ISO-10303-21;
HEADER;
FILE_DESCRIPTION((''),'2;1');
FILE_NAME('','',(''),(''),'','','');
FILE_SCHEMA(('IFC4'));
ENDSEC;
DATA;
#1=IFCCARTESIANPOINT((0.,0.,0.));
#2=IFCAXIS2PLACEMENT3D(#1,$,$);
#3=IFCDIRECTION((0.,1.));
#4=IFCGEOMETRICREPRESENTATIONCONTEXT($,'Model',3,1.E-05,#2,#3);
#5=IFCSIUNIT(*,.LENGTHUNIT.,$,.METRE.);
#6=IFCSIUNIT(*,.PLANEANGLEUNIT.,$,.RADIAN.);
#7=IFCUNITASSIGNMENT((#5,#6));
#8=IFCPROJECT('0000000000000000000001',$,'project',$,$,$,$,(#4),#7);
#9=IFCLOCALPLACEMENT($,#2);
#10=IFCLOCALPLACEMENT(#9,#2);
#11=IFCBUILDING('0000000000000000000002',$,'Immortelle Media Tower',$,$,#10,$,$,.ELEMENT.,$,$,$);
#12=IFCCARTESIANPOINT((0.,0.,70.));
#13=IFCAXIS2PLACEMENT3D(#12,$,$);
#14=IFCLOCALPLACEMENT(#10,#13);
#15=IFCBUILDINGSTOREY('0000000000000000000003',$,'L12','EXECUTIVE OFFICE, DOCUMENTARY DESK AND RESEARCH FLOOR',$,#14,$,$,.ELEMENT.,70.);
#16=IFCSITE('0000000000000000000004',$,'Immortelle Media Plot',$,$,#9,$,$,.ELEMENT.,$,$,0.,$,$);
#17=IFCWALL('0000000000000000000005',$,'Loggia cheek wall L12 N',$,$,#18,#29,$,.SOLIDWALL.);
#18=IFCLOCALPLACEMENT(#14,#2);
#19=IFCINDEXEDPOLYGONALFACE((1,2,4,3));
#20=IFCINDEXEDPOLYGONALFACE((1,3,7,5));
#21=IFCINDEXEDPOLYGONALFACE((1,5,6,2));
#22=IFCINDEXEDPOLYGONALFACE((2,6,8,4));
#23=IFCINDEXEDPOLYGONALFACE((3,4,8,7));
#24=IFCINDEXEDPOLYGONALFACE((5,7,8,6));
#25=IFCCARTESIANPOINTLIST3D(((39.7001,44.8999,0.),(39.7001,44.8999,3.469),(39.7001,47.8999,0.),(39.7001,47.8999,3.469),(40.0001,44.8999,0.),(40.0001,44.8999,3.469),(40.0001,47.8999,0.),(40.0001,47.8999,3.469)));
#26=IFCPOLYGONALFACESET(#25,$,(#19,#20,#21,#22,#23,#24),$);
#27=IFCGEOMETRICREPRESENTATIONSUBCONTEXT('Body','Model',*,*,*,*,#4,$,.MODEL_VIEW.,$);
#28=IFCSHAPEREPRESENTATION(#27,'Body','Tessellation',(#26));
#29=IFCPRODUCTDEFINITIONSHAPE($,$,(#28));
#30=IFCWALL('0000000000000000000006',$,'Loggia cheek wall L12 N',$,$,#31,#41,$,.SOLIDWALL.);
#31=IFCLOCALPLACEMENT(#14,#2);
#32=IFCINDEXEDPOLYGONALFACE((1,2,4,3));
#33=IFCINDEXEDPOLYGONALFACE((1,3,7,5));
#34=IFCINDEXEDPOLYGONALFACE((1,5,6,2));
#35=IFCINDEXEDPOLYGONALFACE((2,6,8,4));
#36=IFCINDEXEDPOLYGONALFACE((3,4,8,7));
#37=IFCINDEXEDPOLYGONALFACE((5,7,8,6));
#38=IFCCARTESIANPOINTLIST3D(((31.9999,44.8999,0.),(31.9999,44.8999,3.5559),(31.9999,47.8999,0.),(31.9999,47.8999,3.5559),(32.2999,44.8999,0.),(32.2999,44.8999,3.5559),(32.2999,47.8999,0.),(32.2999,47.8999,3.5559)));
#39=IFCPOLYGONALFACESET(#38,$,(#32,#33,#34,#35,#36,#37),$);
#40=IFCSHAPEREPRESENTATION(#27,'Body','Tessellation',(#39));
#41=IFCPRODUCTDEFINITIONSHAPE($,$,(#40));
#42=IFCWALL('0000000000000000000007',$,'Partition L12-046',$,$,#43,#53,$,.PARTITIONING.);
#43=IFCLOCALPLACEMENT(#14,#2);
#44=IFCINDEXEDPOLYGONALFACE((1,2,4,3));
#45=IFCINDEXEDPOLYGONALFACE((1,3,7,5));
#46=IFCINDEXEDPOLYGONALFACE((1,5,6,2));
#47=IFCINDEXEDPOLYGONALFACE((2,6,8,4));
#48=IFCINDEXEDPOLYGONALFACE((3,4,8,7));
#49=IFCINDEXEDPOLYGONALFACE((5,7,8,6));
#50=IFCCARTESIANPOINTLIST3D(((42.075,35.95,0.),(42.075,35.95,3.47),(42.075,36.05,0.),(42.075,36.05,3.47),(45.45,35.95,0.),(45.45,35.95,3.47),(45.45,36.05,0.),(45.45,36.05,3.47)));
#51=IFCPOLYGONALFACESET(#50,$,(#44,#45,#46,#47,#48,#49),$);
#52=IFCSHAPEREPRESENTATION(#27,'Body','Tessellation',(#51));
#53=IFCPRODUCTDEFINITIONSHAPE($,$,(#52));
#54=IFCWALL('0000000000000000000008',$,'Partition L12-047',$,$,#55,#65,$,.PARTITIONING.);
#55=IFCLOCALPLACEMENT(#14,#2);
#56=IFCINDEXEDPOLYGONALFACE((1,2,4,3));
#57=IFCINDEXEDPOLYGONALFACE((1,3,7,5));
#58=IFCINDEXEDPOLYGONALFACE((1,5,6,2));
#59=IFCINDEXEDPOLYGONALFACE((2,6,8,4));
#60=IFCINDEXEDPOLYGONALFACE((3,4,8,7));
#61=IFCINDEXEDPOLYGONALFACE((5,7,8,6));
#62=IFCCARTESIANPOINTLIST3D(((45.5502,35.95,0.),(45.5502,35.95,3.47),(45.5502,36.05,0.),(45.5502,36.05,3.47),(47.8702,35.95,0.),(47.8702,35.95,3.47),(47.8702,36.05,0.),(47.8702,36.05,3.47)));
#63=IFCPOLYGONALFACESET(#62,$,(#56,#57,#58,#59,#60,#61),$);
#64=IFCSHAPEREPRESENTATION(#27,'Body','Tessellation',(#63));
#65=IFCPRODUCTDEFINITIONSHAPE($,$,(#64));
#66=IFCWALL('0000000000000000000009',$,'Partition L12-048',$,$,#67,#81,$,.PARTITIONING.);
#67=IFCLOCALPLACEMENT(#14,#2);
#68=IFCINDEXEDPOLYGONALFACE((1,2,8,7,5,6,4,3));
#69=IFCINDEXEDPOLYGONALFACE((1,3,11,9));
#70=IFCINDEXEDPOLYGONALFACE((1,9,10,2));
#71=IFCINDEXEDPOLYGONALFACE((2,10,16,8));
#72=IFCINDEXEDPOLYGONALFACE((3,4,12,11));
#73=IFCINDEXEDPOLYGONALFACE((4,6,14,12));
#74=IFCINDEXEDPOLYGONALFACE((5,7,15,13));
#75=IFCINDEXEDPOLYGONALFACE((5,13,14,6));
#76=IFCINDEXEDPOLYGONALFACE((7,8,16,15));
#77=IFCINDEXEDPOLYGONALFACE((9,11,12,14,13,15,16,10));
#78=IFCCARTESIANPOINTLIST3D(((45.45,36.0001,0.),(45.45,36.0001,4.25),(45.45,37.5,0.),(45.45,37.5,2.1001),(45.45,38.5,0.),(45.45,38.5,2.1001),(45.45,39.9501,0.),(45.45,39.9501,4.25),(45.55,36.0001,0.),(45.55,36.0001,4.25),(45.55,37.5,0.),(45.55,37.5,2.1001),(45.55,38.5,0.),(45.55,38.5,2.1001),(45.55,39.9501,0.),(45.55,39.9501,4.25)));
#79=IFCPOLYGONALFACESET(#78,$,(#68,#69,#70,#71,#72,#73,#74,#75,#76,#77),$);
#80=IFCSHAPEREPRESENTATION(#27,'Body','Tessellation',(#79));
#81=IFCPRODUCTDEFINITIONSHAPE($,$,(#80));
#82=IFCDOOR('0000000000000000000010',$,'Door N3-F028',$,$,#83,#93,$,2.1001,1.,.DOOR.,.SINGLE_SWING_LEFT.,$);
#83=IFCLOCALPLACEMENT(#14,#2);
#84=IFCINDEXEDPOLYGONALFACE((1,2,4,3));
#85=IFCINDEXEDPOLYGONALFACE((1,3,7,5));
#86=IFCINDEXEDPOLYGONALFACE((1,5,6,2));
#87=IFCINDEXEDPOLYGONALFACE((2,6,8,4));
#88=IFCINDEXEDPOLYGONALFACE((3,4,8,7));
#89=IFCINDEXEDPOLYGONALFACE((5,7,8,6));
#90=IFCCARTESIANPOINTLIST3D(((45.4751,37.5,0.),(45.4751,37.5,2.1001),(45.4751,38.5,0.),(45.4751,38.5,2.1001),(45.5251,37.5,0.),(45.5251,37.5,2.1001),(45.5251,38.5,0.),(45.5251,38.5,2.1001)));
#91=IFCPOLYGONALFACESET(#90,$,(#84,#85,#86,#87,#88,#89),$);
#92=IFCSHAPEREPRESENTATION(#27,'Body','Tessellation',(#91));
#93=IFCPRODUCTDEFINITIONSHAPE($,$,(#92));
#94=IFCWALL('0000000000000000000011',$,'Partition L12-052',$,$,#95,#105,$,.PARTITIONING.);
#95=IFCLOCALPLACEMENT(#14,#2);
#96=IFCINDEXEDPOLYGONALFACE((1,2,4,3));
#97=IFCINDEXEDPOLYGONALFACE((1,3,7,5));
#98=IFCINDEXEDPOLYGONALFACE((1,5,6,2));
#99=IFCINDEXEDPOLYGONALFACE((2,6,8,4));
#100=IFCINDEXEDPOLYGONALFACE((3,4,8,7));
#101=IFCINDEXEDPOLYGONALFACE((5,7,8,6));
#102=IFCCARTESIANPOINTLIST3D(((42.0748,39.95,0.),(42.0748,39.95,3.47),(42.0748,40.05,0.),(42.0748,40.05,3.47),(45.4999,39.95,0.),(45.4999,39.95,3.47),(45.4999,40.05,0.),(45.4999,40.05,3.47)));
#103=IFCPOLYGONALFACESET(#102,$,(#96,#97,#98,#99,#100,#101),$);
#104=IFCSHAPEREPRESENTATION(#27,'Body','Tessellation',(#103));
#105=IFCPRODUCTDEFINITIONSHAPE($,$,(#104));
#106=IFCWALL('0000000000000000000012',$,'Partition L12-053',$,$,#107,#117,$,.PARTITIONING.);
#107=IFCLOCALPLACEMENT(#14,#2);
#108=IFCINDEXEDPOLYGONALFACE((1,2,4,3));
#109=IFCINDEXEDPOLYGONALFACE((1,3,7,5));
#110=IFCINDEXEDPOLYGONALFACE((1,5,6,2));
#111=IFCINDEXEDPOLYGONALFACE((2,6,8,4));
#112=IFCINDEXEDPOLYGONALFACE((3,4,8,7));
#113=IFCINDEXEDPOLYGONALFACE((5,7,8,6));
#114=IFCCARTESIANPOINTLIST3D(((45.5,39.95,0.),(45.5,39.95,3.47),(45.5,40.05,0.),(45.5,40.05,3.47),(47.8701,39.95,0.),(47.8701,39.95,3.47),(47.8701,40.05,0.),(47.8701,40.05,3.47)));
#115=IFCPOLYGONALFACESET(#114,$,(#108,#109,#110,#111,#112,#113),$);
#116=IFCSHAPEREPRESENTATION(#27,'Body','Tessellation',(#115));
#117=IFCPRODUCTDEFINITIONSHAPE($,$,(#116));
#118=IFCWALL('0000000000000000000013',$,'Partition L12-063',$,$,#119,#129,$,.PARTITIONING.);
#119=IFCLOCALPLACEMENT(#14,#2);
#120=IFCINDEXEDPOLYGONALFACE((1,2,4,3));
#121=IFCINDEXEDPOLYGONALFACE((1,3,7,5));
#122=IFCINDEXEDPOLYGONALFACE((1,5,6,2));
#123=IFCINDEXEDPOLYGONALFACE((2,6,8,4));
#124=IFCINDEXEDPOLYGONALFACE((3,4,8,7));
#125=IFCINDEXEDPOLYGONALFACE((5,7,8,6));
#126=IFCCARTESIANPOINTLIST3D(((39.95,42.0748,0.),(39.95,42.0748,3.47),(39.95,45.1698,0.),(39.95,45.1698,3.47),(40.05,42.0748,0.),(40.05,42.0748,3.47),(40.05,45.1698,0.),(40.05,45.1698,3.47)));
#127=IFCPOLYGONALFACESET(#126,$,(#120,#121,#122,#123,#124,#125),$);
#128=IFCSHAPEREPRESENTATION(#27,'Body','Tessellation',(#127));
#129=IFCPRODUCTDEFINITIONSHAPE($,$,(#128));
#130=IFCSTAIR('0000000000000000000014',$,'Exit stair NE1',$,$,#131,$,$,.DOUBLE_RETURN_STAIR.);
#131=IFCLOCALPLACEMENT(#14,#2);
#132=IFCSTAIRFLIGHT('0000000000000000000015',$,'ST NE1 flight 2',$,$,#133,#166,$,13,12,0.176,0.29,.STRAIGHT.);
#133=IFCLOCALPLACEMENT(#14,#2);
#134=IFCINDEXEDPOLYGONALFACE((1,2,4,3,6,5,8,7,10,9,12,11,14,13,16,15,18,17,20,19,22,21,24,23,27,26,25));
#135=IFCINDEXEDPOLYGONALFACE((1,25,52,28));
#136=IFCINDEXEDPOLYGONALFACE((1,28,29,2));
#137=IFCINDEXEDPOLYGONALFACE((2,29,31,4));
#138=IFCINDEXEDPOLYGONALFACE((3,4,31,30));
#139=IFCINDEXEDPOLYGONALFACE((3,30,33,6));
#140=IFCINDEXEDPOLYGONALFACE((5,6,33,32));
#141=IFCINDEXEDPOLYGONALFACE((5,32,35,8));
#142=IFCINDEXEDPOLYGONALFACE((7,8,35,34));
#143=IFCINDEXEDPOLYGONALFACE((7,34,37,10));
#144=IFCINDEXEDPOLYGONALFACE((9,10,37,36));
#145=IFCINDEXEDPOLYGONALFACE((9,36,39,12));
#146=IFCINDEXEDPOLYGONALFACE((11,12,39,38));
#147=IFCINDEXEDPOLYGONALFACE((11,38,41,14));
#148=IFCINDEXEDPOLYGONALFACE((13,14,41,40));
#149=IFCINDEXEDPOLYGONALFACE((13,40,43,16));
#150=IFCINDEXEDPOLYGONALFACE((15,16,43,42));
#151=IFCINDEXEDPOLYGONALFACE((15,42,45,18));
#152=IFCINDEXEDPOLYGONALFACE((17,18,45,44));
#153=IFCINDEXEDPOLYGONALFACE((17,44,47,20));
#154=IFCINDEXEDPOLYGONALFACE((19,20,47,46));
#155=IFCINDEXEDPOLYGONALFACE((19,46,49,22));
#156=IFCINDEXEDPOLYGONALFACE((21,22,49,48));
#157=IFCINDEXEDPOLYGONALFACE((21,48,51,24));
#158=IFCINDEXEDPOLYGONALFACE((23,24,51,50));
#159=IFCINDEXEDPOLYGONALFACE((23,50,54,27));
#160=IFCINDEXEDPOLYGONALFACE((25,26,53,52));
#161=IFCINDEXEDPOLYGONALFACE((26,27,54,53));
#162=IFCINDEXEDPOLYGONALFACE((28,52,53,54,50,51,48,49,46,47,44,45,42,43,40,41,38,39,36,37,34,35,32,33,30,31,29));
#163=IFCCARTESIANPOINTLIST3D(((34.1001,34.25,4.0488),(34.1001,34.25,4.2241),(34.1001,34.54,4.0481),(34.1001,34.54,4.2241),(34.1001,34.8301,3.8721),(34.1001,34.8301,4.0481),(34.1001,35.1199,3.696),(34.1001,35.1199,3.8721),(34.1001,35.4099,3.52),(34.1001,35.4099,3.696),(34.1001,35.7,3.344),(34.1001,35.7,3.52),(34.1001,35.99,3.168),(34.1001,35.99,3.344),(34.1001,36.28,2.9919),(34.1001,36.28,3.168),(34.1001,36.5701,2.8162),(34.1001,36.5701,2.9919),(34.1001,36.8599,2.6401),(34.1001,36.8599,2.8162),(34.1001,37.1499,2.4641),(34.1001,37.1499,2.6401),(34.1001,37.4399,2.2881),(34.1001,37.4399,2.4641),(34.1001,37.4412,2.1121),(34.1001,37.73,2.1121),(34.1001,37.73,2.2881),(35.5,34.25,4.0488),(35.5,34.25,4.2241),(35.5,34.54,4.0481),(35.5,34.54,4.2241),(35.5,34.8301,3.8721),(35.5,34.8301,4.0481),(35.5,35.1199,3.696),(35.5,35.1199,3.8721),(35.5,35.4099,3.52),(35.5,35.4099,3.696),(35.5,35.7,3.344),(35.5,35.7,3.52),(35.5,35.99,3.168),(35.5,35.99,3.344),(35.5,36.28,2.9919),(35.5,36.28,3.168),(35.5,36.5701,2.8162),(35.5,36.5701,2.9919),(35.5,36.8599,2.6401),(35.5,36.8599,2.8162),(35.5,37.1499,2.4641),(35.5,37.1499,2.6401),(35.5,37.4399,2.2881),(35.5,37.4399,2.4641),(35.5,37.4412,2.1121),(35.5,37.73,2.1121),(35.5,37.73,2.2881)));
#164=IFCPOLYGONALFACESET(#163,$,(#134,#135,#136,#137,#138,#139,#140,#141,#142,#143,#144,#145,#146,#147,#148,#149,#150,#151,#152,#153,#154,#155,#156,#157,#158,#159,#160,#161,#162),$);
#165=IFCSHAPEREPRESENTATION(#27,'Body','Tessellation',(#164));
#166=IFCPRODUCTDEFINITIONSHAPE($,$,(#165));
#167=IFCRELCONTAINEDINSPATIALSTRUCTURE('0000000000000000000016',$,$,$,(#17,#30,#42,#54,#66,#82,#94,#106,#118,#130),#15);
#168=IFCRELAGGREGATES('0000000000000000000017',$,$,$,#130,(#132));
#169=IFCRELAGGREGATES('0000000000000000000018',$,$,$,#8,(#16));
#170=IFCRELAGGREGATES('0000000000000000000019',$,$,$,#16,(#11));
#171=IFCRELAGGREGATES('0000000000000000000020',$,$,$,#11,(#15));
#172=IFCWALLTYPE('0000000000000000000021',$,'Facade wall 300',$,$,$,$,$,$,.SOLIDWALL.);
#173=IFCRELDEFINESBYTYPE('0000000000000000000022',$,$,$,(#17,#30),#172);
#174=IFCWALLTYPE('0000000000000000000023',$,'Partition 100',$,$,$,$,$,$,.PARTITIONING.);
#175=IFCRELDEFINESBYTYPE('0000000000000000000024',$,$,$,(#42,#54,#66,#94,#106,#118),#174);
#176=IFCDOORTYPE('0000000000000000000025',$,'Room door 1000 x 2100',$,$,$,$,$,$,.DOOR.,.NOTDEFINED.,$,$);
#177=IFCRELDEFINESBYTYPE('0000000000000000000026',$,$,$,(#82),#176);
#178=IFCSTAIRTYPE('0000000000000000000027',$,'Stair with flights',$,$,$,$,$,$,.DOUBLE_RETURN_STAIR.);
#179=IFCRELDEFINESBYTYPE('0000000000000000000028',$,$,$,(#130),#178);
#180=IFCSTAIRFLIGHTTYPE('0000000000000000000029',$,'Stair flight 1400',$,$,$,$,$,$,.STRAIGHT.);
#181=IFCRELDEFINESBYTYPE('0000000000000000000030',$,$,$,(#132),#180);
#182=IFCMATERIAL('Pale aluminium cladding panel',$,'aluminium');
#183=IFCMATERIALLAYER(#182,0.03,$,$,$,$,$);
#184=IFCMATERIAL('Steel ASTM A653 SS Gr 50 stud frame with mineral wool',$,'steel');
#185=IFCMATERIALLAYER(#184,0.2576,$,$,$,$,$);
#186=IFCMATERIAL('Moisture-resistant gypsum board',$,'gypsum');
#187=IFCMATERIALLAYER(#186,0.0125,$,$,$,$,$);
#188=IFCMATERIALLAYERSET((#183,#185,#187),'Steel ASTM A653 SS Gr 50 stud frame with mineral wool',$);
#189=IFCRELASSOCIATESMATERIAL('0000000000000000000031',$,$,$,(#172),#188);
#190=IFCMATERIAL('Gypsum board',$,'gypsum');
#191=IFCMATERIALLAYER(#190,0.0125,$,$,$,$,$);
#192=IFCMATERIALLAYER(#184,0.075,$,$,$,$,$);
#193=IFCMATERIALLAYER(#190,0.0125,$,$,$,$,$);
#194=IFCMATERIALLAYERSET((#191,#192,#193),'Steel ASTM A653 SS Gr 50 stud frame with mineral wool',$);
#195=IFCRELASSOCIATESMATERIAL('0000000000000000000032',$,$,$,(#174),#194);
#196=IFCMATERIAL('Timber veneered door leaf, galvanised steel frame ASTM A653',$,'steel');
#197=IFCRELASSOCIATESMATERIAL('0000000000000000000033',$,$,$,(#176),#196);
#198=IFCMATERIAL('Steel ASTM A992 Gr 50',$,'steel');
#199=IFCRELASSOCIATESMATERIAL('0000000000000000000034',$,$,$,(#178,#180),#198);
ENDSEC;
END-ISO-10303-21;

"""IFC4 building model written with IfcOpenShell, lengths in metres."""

from ifc_helpers import new_model, si_unit, direction, frame, frame_2d, origin, place, context, subcontext, project, spatial, polyline, rectangle, outline, extrude, material, layer, layer_set, type_object, element, fill, aggregate, save


model = new_model("IFC4")

# Units and contexts
model_context = context("Model", 3, precision=1e-05, world=origin(), true_north=direction((0.0, 1.0)))
body_context = subcontext(model_context, "Body", "Model", "MODEL_VIEW")
ifc_project = project(units=[si_unit("LENGTHUNIT", "METRE"), si_unit("PLANEANGLEUNIT", "RADIAN")], contexts=[model_context])

# Site, building, storey
site_placement = place(None, origin())
site = spatial("IfcSite", under=ifc_project, at=site_placement, Name="Immortelle Media Plot", CompositionType="ELEMENT", RefElevation=0.0)
building_placement = place(site_placement, origin())
building = spatial("IfcBuilding", under=site, at=building_placement, Name="Immortelle Media Tower", CompositionType="ELEMENT")
storey_placement = place(building_placement, frame((0.0, 0.0, 70.0)))
storey = spatial("IfcBuildingStorey", under=building, at=storey_placement, Name="L12", Description="EXECUTIVE OFFICE, DOCUMENTARY DESK AND RESEARCH FLOOR", CompositionType="ELEMENT", Elevation=70.0)

# Shared definitions
ifc_material_1 = material(Name="Steel ASTM A992 Gr 50", Category="steel")

# Shared definitions
ifc_material_2 = material(Name="Pale aluminium cladding panel", Category="aluminium")
ifc_layer_1 = layer(ifc_material_2, 0.03)
ifc_material_3 = material(Name="Steel ASTM A653 SS Gr 50 stud frame with mineral wool", Category="steel")
ifc_layer_2 = layer(ifc_material_3, 0.2576)
ifc_material_4 = material(Name="Moisture-resistant gypsum board", Category="gypsum")
ifc_layer_3 = layer(ifc_material_4, 0.0125)
ifc_layer_set_1 = layer_set([ifc_layer_1, ifc_layer_2, ifc_layer_3], Name="Steel ASTM A653 SS Gr 50 stud frame with mineral wool")
wall_type_1 = type_object("IfcWallType", Name="Facade wall 300", PredefinedType="SOLIDWALL", material=ifc_layer_set_1)

# Walls
wall_1_placement = place(storey_placement, frame((39.8501, 47.8999, 0.0), z_axis=(0.0, 0.0, 1.0), x_axis=(0.0, -1.0, 0.0)))
element("IfcWall", 1, at=wall_1_placement, inside=storey, type_object=wall_type_1, Name="Loggia cheek wall L12 N", PredefinedType="SOLIDWALL", context=body_context, shape_type="SweptSolid", body=[
    extrude(rectangle(XDim=3.0, YDim=0.3, at=frame_2d((1.5, 0.0))), origin(), (0.0, 0.0, 1.0), 3.469),
])
wall_2_placement = place(storey_placement, frame((32.1499, 47.8999, 0.0), z_axis=(0.0, 0.0, 1.0), x_axis=(0.0, -1.0, 0.0)))
element("IfcWall", 2, at=wall_2_placement, inside=storey, type_object=wall_type_1, Name="Loggia cheek wall L12 N", PredefinedType="SOLIDWALL", context=body_context, shape_type="SweptSolid", body=[
    extrude(rectangle(XDim=3.0, YDim=0.3, at=frame_2d((1.5, 0.0))), origin(), (0.0, 0.0, 1.0), 3.5559),
])
ifc_material_5 = material(Name="Gypsum board", Category="gypsum")
ifc_layer_4 = layer(ifc_material_5, 0.0125)
ifc_layer_5 = layer(ifc_material_3, 0.075)
ifc_layer_6 = layer(ifc_material_5, 0.0125)
ifc_layer_set_2 = layer_set([ifc_layer_4, ifc_layer_5, ifc_layer_6], Name="Steel ASTM A653 SS Gr 50 stud frame with mineral wool")
wall_type_2 = type_object("IfcWallType", Name="Partition 100", PredefinedType="PARTITIONING", material=ifc_layer_set_2)
wall_3_placement = place(storey_placement, frame((42.075, 36.0, 0.0), z_axis=(0.0, 0.0, 1.0), x_axis=(1.0, 0.0, 0.0)))
element("IfcWall", 3, at=wall_3_placement, inside=storey, type_object=wall_type_2, Name="Partition L12-046", PredefinedType="PARTITIONING", context=body_context, shape_type="SweptSolid", body=[
    extrude(rectangle(XDim=3.375, YDim=0.1001, at=frame_2d((1.6875, 0.0))), origin(), (0.0, 0.0, 1.0), 3.47),
])
wall_4_placement = place(storey_placement, frame((45.55, 36.0, 0.0), z_axis=(0.0, 0.0, 1.0), x_axis=(1.0, 0.0, 0.0)))
element("IfcWall", 4, at=wall_4_placement, inside=storey, type_object=wall_type_2, Name="Partition L12-047", PredefinedType="PARTITIONING", context=body_context, shape_type="SweptSolid", body=[
    extrude(rectangle(XDim=2.3201, YDim=0.1001, at=frame_2d((1.1602, 0.0))), origin(), (0.0, 0.0, 1.0), 3.47),
])

# Wall, opening, door
wall_5_placement = place(storey_placement, frame((45.5, 36.0, 0.0), z_axis=(0.0, 0.0, 1.0), x_axis=(0.0, 1.0, 0.0)))
wall_5 = element("IfcWall", 5, at=wall_5_placement, inside=storey, type_object=wall_type_2, Name="Partition L12-048", PredefinedType="PARTITIONING", context=body_context, shape_type="SweptSolid", body=[
    extrude(rectangle(XDim=3.95, YDim=0.1001, at=frame_2d((1.9751, 0.0))), origin(), (0.0, 0.0, 1.0), 4.25),
])
opening_1_placement = place(wall_5_placement, frame((1.5, 0.0, 0.0)))
opening_1 = element("IfcOpeningElement", 6, at=opening_1_placement, cuts=wall_5, PredefinedType="OPENING", context=body_context, shape_type="SweptSolid", body=[
    extrude(rectangle(XDim=1.0, YDim=2.1001, at=frame_2d((0.5, 1.05))), frame((0.0, 0.0601, 0.0), z_axis=(0.0, -1.0, 0.0), x_axis=(1.0, 0.0, 0.0)), (0.0, 0.0, 1.0), 0.1201),
])
ifc_material_6 = material(Name="Timber veneered door leaf, galvanised steel frame ASTM A653", Category="steel")
door_type_1 = type_object("IfcDoorType", Name="Room door 1000 x 2100", OperationType="NOTDEFINED", PredefinedType="DOOR", material=ifc_material_6)
door_1_placement = place(opening_1_placement, origin())
door_1 = element("IfcDoor", 7, at=door_1_placement, inside=storey, type_object=door_type_1, Name="Door N3-F028", OperationType="SINGLE_SWING_LEFT", OverallHeight=2.1001, OverallWidth=1.0, PredefinedType="DOOR", context=body_context, shape_type="SweptSolid", body=[
    extrude(rectangle(XDim=1.0, YDim=2.1001, at=frame_2d((0.5, 1.05))), frame((0.0, 0.0249, 0.0), z_axis=(0.0, -1.0, 0.0), x_axis=(1.0, 0.0, 0.0)), (0.0, 0.0, 1.0), 0.05),
])
fill(opening_1, door_1)

# Walls
wall_6_placement = place(storey_placement, frame((42.075, 40.0, 0.0), z_axis=(0.0, 0.0, 1.0), x_axis=(1.0, 0.0, 0.0)))
element("IfcWall", 8, at=wall_6_placement, inside=storey, type_object=wall_type_2, Name="Partition L12-052", PredefinedType="PARTITIONING", context=body_context, shape_type="SweptSolid", body=[
    extrude(rectangle(XDim=3.425, YDim=0.1001, at=frame_2d((1.7124, 0.0))), origin(), (0.0, 0.0, 1.0), 3.47),
])
wall_7_placement = place(storey_placement, frame((45.5, 40.0, 0.0), z_axis=(0.0, 0.0, 1.0), x_axis=(1.0, 0.0, 0.0)))
element("IfcWall", 9, at=wall_7_placement, inside=storey, type_object=wall_type_2, Name="Partition L12-053", PredefinedType="PARTITIONING", context=body_context, shape_type="SweptSolid", body=[
    extrude(rectangle(XDim=2.3701, YDim=0.1001, at=frame_2d((1.1851, 0.0))), origin(), (0.0, 0.0, 1.0), 3.47),
])
wall_8_placement = place(storey_placement, frame((40.0, 42.075, 0.0), z_axis=(0.0, 0.0, 1.0), x_axis=(0.0, 1.0, 0.0)))
element("IfcWall", 10, at=wall_8_placement, inside=storey, type_object=wall_type_2, Name="Partition L12-063", PredefinedType="PARTITIONING", context=body_context, shape_type="SweptSolid", body=[
    extrude(rectangle(XDim=3.095, YDim=0.1001, at=frame_2d((1.5474, 0.0))), origin(), (0.0, 0.0, 1.0), 3.47),
])

# Stair, stair flight
stair_type = type_object("IfcStairType", Name="Stair with flights", PredefinedType="DOUBLE_RETURN_STAIR", material=ifc_material_1)
stair_1_placement = place(storey_placement, origin())
stair_1 = element("IfcStair", 11, at=stair_1_placement, inside=storey, type_object=stair_type, Name="Exit stair NE1", PredefinedType="DOUBLE_RETURN_STAIR")
stair_flight_type = type_object("IfcStairFlightType", Name="Stair flight 1400", PredefinedType="STRAIGHT", material=ifc_material_1)
stair_flight_1_placement = place(storey_placement, frame((34.8, 37.73, 2.1121), z_axis=(0.0, 0.0, 1.0), x_axis=(0.0, -1.0, 0.0)))
stair_flight_1 = element("IfcStairFlight", 12, at=stair_flight_1_placement, type_object=stair_flight_type, Name="ST NE1 flight 2", NumberOfRisers=13, NumberOfTreads=12, PredefinedType="STRAIGHT", RiserHeight=0.176, TreadLength=0.29, context=body_context, shape_type="SweptSolid", body=[
    extrude(outline(polyline([(0.0, 0.0), (0.0, 0.176), (0.29, 0.176), (0.29, 0.3521), (0.5801, 0.3521), (0.5801, 0.5281), (0.8701, 0.5281), (0.8701, 0.7041), (1.1599, 0.7041), (1.1599, 0.8799), (1.45, 0.8799), (1.45, 1.0559), (1.74, 1.0559), (1.74, 1.2319), (2.03, 1.2319), (2.03, 1.408), (2.3201, 1.408), (2.3201, 1.584), (2.6101, 1.584), (2.6101, 1.76), (2.8999, 1.76), (2.8999, 1.936), (3.1899, 1.936), (3.1899, 2.1121), (3.48, 2.1121), (3.48, 2.2881), (3.48, 1.9368), (0.2888, 0.0), (0.0, 0.0)])), frame((0.0, 0.7, 0.0), z_axis=(0.0, -1.0, 0.0), x_axis=(1.0, 0.0, 0.0)), (0.0, 0.0, 1.0), 1.3999),
])
aggregate(stair_1, [stair_flight_1])

save(model, "model.ifc")
